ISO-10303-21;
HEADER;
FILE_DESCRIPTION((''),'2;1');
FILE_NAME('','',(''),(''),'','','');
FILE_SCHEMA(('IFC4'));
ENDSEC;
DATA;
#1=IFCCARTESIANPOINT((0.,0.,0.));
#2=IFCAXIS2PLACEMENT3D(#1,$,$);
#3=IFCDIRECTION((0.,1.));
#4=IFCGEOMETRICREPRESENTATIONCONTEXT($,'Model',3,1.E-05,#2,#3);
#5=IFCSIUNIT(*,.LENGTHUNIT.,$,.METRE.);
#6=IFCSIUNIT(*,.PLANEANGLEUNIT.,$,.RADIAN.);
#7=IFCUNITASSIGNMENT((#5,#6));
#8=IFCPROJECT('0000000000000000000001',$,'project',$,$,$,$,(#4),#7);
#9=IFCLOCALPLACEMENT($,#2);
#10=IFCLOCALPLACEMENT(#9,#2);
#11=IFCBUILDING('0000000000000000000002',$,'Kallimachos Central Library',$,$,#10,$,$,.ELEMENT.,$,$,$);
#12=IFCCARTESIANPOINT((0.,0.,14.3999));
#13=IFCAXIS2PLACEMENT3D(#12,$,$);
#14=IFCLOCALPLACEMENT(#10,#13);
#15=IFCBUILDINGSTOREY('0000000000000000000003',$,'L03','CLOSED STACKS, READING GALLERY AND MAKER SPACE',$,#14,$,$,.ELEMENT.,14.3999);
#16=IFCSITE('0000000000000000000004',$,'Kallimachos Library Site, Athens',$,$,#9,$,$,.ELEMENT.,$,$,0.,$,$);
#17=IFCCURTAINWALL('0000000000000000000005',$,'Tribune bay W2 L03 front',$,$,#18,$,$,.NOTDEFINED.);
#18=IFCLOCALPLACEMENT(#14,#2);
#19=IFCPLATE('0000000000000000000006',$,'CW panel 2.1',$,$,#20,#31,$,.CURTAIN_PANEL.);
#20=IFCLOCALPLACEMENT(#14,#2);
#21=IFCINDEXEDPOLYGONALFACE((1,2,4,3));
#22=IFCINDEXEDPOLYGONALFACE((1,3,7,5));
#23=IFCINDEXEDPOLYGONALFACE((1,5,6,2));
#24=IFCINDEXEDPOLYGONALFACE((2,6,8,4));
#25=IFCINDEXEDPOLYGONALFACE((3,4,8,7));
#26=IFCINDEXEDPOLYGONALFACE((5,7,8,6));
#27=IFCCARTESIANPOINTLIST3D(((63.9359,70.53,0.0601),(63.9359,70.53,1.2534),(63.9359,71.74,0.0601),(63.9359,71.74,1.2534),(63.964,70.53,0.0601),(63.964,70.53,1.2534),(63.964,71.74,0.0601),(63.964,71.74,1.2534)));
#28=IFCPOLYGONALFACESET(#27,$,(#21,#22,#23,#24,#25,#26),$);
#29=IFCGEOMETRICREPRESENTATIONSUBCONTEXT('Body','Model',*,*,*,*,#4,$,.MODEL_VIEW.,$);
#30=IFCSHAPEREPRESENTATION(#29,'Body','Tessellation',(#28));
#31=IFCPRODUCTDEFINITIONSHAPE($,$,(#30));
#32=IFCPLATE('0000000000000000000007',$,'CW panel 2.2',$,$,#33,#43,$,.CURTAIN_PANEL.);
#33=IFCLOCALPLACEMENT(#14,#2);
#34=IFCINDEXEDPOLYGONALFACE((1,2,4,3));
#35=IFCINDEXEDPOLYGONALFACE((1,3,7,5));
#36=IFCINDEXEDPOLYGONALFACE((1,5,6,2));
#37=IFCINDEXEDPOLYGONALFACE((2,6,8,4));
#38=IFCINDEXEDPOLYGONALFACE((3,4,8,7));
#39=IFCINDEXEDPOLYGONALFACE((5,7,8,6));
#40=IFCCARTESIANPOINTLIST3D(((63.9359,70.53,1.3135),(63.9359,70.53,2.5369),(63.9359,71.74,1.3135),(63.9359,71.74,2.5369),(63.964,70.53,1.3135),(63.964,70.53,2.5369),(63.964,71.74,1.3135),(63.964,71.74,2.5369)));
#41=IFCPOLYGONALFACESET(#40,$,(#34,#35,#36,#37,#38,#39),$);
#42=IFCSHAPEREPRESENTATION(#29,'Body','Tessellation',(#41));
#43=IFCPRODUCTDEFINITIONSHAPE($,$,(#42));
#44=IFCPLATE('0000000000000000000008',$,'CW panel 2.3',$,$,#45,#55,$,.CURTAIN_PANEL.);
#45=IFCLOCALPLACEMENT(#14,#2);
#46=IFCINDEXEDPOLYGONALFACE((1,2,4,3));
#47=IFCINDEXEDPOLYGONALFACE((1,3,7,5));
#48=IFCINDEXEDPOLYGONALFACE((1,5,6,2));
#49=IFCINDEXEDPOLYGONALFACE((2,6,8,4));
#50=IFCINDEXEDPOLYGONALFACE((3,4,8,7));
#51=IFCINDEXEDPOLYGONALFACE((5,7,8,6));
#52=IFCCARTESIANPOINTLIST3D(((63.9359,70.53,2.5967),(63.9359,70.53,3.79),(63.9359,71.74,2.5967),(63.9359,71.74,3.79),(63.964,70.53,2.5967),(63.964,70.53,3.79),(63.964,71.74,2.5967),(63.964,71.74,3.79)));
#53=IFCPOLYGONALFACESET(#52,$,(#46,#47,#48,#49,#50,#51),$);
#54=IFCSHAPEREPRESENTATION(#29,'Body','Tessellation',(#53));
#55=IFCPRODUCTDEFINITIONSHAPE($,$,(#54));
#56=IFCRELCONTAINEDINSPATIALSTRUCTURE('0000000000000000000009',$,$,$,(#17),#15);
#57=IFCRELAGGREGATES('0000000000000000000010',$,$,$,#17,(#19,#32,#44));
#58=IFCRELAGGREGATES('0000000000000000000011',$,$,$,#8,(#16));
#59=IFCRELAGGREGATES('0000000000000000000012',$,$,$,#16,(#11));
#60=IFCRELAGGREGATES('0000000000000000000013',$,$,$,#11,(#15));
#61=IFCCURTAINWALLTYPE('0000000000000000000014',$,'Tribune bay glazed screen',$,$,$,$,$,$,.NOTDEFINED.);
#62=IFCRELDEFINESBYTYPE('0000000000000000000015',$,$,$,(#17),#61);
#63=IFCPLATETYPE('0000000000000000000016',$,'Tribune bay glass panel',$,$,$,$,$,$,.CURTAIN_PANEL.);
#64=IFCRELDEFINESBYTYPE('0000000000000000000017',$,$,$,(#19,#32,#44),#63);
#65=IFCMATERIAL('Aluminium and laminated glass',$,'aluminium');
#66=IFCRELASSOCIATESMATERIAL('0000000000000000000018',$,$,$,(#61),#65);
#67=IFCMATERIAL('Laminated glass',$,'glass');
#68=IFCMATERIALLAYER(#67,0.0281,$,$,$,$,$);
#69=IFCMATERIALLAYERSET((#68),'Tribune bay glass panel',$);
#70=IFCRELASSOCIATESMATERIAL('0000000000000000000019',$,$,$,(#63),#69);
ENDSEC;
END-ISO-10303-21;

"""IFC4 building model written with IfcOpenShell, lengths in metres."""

from ifc_helpers import new_model, si_unit, direction, frame, origin, origin_2d, place, context, subcontext, project, spatial, rectangle, extrude, material, layer, layer_set, type_object, element, aggregate, save


model = new_model("IFC4")

# Units and contexts
model_context = context("Model", 3, precision=1e-05, world=origin(), true_north=direction((0.0, 1.0)))
body_context = subcontext(model_context, "Body", "Model", "MODEL_VIEW")
ifc_project = project(units=[si_unit("LENGTHUNIT", "METRE"), si_unit("PLANEANGLEUNIT", "RADIAN")], contexts=[model_context])

# Site, building, storey
site_placement = place(None, origin())
site = spatial("IfcSite", under=ifc_project, at=site_placement, Name="Kallimachos Library Site, Athens", CompositionType="ELEMENT", RefElevation=0.0)
building_placement = place(site_placement, origin())
building = spatial("IfcBuilding", under=site, at=building_placement, Name="Kallimachos Central Library", CompositionType="ELEMENT")
storey_placement = place(building_placement, frame((0.0, 0.0, 14.3999)))
storey = spatial("IfcBuildingStorey", under=building, at=storey_placement, Name="L03", Description="CLOSED STACKS, READING GALLERY AND MAKER SPACE", CompositionType="ELEMENT", Elevation=14.3999)

# Shared definitions
ifc_material_1 = material(Name="Aluminium and laminated glass", Category="aluminium")
curtain_wall_type = type_object("IfcCurtainWallType", Name="Tribune bay glazed screen", PredefinedType="NOTDEFINED", material=ifc_material_1)

# Curtain wall
curtain_wall_1_placement = place(storey_placement, origin())
curtain_wall_1 = element("IfcCurtainWall", 1, at=curtain_wall_1_placement, inside=storey, type_object=curtain_wall_type, Name="Tribune bay W2 L03 front", PredefinedType="NOTDEFINED")

# Plates
ifc_material_2 = material(Name="Laminated glass", Category="glass")
ifc_layer = layer(ifc_material_2, 0.0281)
ifc_layer_set = layer_set([ifc_layer], Name="Tribune bay glass panel")
plate_type = type_object("IfcPlateType", Name="Tribune bay glass panel", PredefinedType="CURTAIN_PANEL", material=ifc_layer_set)
plate_1_placement = place(storey_placement, frame((63.95, 71.135, 0.0601), z_axis=(0.0, 0.0, 1.0), x_axis=(0.0, 1.0, 0.0)))
plate_1 = element("IfcPlate", 2, at=plate_1_placement, type_object=plate_type, Name="CW panel 2.1", PredefinedType="CURTAIN_PANEL", context=body_context, shape_type="SweptSolid", body=[
    extrude(rectangle(XDim=1.21, YDim=0.0281, at=origin_2d()), origin(), (0.0, 0.0, 1.0), 1.1934),
])
plate_2_placement = place(storey_placement, frame((63.95, 71.135, 1.3135), z_axis=(0.0, 0.0, 1.0), x_axis=(0.0, 1.0, 0.0)))
plate_2 = element("IfcPlate", 3, at=plate_2_placement, type_object=plate_type, Name="CW panel 2.2", PredefinedType="CURTAIN_PANEL", context=body_context, shape_type="SweptSolid", body=[
    extrude(rectangle(XDim=1.21, YDim=0.0281, at=origin_2d()), origin(), (0.0, 0.0, 1.0), 1.2234),
])
plate_3_placement = place(storey_placement, frame((63.95, 71.135, 2.5967), z_axis=(0.0, 0.0, 1.0), x_axis=(0.0, 1.0, 0.0)))
plate_3 = element("IfcPlate", 4, at=plate_3_placement, type_object=plate_type, Name="CW panel 2.3", PredefinedType="CURTAIN_PANEL", context=body_context, shape_type="SweptSolid", body=[
    extrude(rectangle(XDim=1.21, YDim=0.0281, at=origin_2d()), origin(), (0.0, 0.0, 1.0), 1.1934),
])
aggregate(curtain_wall_1, [plate_1, plate_2, plate_3])

save(model, "model.ifc")
